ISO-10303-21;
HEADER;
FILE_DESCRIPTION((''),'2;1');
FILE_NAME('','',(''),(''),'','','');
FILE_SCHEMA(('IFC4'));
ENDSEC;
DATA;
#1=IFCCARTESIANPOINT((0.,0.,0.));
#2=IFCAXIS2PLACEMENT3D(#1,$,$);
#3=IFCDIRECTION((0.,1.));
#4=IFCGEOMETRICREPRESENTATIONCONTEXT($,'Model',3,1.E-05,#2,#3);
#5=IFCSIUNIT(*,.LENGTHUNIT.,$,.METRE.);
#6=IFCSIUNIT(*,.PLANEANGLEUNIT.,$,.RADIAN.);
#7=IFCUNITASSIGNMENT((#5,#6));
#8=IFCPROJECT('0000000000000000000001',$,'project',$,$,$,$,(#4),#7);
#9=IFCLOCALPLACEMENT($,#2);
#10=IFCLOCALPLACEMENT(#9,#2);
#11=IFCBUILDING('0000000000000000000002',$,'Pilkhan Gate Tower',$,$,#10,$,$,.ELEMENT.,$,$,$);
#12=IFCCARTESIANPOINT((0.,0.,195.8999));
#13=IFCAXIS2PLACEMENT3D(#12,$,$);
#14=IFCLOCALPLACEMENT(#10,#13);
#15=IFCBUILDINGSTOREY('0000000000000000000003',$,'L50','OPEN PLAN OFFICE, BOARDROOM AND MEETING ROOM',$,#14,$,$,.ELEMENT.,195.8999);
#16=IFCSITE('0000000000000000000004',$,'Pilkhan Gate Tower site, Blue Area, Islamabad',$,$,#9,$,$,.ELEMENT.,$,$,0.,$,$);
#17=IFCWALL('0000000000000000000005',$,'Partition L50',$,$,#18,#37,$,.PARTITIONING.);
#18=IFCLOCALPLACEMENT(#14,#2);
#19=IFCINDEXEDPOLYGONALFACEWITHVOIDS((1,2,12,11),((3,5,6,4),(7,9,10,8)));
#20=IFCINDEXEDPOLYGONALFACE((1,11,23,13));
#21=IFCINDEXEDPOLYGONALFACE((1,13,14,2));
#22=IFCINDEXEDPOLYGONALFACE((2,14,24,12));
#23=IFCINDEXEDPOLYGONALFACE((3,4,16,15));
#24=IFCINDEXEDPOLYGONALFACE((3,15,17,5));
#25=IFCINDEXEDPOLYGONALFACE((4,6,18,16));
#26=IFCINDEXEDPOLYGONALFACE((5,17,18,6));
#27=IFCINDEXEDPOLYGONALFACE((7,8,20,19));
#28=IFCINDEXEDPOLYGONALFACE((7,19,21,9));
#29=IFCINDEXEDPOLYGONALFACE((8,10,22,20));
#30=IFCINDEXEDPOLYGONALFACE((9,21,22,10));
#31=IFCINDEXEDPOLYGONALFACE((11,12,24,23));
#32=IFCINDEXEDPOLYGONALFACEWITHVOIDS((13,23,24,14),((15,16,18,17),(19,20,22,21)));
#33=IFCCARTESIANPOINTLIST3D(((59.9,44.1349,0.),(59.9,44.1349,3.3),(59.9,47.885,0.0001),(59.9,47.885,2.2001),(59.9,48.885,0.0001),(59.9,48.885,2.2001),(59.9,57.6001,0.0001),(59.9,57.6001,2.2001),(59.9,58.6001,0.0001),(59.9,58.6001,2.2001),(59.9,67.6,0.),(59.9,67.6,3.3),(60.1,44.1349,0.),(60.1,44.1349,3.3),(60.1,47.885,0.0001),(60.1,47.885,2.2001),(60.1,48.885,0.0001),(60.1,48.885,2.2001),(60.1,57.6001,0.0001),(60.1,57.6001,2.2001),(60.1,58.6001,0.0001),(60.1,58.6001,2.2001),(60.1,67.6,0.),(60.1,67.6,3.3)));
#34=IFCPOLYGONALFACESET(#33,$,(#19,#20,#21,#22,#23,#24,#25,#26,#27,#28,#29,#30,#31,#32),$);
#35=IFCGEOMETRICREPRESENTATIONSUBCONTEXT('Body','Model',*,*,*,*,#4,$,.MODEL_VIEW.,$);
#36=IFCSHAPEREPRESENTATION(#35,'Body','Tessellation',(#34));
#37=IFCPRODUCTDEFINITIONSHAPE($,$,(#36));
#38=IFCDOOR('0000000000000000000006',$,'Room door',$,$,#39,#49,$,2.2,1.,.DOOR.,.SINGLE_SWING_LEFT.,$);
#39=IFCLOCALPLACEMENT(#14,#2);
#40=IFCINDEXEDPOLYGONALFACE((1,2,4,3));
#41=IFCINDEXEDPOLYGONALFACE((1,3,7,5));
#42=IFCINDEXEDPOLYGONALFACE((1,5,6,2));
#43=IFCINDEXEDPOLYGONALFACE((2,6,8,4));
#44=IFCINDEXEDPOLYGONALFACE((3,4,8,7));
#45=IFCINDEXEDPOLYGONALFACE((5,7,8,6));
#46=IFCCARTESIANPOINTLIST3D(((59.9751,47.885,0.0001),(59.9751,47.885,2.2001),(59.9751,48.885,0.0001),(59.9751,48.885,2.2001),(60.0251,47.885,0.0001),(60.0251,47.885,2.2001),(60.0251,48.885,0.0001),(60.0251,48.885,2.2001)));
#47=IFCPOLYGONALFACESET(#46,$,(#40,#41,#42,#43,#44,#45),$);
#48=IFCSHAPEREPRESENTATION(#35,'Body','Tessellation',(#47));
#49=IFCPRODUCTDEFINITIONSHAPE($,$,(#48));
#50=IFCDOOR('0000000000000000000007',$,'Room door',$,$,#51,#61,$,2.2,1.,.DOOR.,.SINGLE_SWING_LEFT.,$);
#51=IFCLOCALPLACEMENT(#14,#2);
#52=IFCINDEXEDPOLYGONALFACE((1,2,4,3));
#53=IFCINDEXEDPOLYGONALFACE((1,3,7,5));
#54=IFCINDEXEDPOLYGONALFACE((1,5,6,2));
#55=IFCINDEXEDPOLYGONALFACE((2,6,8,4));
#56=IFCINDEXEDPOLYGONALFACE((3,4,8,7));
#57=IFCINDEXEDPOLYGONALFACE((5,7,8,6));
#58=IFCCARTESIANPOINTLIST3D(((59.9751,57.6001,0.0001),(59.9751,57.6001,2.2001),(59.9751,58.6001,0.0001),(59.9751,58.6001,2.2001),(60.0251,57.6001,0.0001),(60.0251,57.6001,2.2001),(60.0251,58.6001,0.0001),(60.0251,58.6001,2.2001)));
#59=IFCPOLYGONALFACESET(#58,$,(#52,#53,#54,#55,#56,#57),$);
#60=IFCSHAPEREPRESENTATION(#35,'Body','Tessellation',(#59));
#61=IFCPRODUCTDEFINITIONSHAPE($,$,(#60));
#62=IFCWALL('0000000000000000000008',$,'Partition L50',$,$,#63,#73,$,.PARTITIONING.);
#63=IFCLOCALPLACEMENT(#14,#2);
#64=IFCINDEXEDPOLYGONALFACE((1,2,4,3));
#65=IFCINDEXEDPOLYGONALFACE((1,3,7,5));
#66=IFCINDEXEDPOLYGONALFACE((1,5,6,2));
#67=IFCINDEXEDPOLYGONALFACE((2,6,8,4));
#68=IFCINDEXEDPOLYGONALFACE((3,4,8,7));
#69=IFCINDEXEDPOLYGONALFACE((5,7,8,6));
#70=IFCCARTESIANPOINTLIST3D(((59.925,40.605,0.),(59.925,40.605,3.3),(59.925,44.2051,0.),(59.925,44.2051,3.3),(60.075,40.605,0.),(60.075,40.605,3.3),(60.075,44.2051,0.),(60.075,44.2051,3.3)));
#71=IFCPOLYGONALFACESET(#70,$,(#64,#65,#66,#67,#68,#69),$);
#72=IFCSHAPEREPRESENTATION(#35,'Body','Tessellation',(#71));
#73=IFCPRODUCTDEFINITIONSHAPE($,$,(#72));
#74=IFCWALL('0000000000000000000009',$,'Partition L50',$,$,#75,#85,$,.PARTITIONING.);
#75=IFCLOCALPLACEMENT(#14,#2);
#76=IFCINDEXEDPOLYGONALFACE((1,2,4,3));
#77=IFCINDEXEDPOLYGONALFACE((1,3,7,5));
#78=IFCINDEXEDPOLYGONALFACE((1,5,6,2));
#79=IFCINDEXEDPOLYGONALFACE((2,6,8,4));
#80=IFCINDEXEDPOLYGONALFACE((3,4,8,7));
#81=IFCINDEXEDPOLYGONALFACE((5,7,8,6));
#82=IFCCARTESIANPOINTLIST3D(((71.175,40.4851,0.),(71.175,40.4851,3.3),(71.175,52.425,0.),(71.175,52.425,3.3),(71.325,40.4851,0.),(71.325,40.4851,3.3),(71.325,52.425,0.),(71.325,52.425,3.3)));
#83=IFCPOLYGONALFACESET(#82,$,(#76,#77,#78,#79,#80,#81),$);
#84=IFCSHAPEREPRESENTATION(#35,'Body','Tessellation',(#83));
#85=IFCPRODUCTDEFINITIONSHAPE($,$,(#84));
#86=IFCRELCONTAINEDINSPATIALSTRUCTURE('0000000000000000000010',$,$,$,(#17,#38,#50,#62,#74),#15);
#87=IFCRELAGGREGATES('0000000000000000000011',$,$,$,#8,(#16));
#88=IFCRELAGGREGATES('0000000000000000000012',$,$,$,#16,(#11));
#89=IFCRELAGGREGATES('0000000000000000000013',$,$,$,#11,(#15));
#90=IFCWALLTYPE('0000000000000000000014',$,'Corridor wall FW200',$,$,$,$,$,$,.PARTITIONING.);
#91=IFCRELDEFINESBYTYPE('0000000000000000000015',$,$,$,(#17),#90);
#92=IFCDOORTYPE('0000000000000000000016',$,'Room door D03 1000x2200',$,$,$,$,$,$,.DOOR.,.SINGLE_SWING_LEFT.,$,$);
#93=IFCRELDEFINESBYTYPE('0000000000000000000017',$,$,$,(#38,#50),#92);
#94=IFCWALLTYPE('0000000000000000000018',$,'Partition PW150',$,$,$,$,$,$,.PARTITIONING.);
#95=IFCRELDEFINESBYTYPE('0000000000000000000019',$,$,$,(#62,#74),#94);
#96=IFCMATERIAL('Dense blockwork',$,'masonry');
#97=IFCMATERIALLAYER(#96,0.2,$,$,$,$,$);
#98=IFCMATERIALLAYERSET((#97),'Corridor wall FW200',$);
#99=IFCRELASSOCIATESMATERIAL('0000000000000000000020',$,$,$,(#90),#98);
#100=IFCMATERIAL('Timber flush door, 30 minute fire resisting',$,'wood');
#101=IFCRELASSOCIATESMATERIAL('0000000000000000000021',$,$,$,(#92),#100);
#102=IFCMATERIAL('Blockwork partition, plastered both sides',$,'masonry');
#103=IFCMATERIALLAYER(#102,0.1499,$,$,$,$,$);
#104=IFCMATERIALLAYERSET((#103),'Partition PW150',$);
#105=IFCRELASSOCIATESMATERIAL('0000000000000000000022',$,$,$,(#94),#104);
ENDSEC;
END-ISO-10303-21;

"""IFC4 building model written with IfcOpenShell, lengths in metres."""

from ifc_helpers import new_model, si_unit, direction, frame, frame_2d, origin, place, context, subcontext, project, spatial, rectangle, extrude, material, layer, layer_set, type_object, element, fill, save


model = new_model("IFC4")

# Units and contexts
model_context = context("Model", 3, precision=1e-05, world=origin(), true_north=direction((0.0, 1.0)))
body_context = subcontext(model_context, "Body", "Model", "MODEL_VIEW")
ifc_project = project(units=[si_unit("LENGTHUNIT", "METRE"), si_unit("PLANEANGLEUNIT", "RADIAN")], contexts=[model_context])

# Site, building, storey
site_placement = place(None, origin())
site = spatial("IfcSite", under=ifc_project, at=site_placement, Name="Pilkhan Gate Tower site, Blue Area, Islamabad", CompositionType="ELEMENT", RefElevation=0.0)
building_placement = place(site_placement, origin())
building = spatial("IfcBuilding", under=site, at=building_placement, Name="Pilkhan Gate Tower", CompositionType="ELEMENT")
storey_placement = place(building_placement, frame((0.0, 0.0, 195.8999)))
storey = spatial("IfcBuildingStorey", under=building, at=storey_placement, Name="L50", Description="OPEN PLAN OFFICE, BOARDROOM AND MEETING ROOM", CompositionType="ELEMENT", Elevation=195.8999)

# Shared definitions
ifc_material_1 = material(Name="Dense blockwork", Category="masonry")
ifc_layer_1 = layer(ifc_material_1, 0.2)
ifc_layer_set_1 = layer_set([ifc_layer_1], Name="Corridor wall FW200")
wall_type_1 = type_object("IfcWallType", Name="Corridor wall FW200", PredefinedType="PARTITIONING", material=ifc_layer_set_1)

# Wall, openings, doors
wall_1_placement = place(storey_placement, frame((60.0, 44.135, 0.0), z_axis=(0.0, 0.0, 1.0), x_axis=(0.0, 1.0, 0.0)))
wall_1 = element("IfcWall", 1, at=wall_1_placement, inside=storey, type_object=wall_type_1, Name="Partition L50", PredefinedType="PARTITIONING", context=body_context, shape_type="SweptSolid", body=[
    extrude(rectangle(XDim=23.4651, YDim=0.2, at=frame_2d((11.7324, 0.0))), origin(), (0.0, 0.0, 1.0), 3.3),
])
opening_1_placement = place(wall_1_placement, frame((3.75, 0.0, 0.0)))
opening_1 = element("IfcOpeningElement", 2, at=opening_1_placement, cuts=wall_1, PredefinedType="OPENING", context=body_context, shape_type="SweptSolid", body=[
    extrude(rectangle(XDim=1.0, YDim=2.2, at=frame_2d((0.5, 1.1001))), frame((0.0, 0.1099, 0.0), z_axis=(0.0, -1.0, 0.0), x_axis=(1.0, 0.0, 0.0)), (0.0, 0.0, 1.0), 0.22),
])
opening_2_placement = place(wall_1_placement, frame((13.4651, 0.0, 0.0)))
opening_2 = element("IfcOpeningElement", 3, at=opening_2_placement, cuts=wall_1, PredefinedType="OPENING", context=body_context, shape_type="SweptSolid", body=[
    extrude(rectangle(XDim=1.0, YDim=2.2, at=frame_2d((0.5, 1.1001))), frame((0.0, 0.1099, 0.0), z_axis=(0.0, -1.0, 0.0), x_axis=(1.0, 0.0, 0.0)), (0.0, 0.0, 1.0), 0.22),
])
ifc_material_2 = material(Name="Timber flush door, 30 minute fire resisting", Category="wood")
door_type = type_object("IfcDoorType", Name="Room door D03 1000x2200", OperationType="SINGLE_SWING_LEFT", PredefinedType="DOOR", material=ifc_material_2)
door_1_placement = place(opening_1_placement, origin())
door_1 = element("IfcDoor", 4, at=door_1_placement, inside=storey, type_object=door_type, Name="Room door", OperationType="SINGLE_SWING_LEFT", OverallHeight=2.2, OverallWidth=1.0, PredefinedType="DOOR", context=body_context, shape_type="SweptSolid", body=[
    extrude(rectangle(XDim=1.0, YDim=2.2, at=frame_2d((0.5, 1.1001))), frame((0.0, 0.0249, 0.0), z_axis=(0.0, -1.0, 0.0), x_axis=(1.0, 0.0, 0.0)), (0.0, 0.0, 1.0), 0.05),
])
fill(opening_1, door_1)
door_2_placement = place(opening_2_placement, origin())
door_2 = element("IfcDoor", 5, at=door_2_placement, inside=storey, type_object=door_type, Name="Room door", OperationType="SINGLE_SWING_LEFT", OverallHeight=2.2, OverallWidth=1.0, PredefinedType="DOOR", context=body_context, shape_type="SweptSolid", body=[
    extrude(rectangle(XDim=1.0, YDim=2.2, at=frame_2d((0.5, 1.1001))), frame((0.0, 0.0249, 0.0), z_axis=(0.0, -1.0, 0.0), x_axis=(1.0, 0.0, 0.0)), (0.0, 0.0, 1.0), 0.05),
])
fill(opening_2, door_2)

# Walls
ifc_material_3 = material(Name="Blockwork partition, plastered both sides", Category="masonry")
ifc_layer_2 = layer(ifc_material_3, 0.1499)
ifc_layer_set_2 = layer_set([ifc_layer_2], Name="Partition PW150")
wall_type_2 = type_object("IfcWallType", Name="Partition PW150", PredefinedType="PARTITIONING", material=ifc_layer_set_2)
wall_2_placement = place(storey_placement, frame((60.0, 40.605, 0.0), z_axis=(0.0, 0.0, 1.0), x_axis=(0.0, 1.0, 0.0)))
element("IfcWall", 6, at=wall_2_placement, inside=storey, type_object=wall_type_2, Name="Partition L50", PredefinedType="PARTITIONING", context=body_context, shape_type="SweptSolid", body=[
    extrude(rectangle(XDim=3.6001, YDim=0.1499, at=frame_2d((1.8, 0.0))), origin(), (0.0, 0.0, 1.0), 3.3),
])
wall_3_placement = place(storey_placement, frame((71.25, 40.4851, 0.0), z_axis=(0.0, 0.0, 1.0), x_axis=(0.0, 1.0, 0.0)))
element("IfcWall", 7, at=wall_3_placement, inside=storey, type_object=wall_type_2, Name="Partition L50", PredefinedType="PARTITIONING", context=body_context, shape_type="SweptSolid", body=[
    extrude(rectangle(XDim=11.9399, YDim=0.1499, at=frame_2d((5.97, 0.0))), origin(), (0.0, 0.0, 1.0), 3.3),
])

save(model, "model.ifc")
